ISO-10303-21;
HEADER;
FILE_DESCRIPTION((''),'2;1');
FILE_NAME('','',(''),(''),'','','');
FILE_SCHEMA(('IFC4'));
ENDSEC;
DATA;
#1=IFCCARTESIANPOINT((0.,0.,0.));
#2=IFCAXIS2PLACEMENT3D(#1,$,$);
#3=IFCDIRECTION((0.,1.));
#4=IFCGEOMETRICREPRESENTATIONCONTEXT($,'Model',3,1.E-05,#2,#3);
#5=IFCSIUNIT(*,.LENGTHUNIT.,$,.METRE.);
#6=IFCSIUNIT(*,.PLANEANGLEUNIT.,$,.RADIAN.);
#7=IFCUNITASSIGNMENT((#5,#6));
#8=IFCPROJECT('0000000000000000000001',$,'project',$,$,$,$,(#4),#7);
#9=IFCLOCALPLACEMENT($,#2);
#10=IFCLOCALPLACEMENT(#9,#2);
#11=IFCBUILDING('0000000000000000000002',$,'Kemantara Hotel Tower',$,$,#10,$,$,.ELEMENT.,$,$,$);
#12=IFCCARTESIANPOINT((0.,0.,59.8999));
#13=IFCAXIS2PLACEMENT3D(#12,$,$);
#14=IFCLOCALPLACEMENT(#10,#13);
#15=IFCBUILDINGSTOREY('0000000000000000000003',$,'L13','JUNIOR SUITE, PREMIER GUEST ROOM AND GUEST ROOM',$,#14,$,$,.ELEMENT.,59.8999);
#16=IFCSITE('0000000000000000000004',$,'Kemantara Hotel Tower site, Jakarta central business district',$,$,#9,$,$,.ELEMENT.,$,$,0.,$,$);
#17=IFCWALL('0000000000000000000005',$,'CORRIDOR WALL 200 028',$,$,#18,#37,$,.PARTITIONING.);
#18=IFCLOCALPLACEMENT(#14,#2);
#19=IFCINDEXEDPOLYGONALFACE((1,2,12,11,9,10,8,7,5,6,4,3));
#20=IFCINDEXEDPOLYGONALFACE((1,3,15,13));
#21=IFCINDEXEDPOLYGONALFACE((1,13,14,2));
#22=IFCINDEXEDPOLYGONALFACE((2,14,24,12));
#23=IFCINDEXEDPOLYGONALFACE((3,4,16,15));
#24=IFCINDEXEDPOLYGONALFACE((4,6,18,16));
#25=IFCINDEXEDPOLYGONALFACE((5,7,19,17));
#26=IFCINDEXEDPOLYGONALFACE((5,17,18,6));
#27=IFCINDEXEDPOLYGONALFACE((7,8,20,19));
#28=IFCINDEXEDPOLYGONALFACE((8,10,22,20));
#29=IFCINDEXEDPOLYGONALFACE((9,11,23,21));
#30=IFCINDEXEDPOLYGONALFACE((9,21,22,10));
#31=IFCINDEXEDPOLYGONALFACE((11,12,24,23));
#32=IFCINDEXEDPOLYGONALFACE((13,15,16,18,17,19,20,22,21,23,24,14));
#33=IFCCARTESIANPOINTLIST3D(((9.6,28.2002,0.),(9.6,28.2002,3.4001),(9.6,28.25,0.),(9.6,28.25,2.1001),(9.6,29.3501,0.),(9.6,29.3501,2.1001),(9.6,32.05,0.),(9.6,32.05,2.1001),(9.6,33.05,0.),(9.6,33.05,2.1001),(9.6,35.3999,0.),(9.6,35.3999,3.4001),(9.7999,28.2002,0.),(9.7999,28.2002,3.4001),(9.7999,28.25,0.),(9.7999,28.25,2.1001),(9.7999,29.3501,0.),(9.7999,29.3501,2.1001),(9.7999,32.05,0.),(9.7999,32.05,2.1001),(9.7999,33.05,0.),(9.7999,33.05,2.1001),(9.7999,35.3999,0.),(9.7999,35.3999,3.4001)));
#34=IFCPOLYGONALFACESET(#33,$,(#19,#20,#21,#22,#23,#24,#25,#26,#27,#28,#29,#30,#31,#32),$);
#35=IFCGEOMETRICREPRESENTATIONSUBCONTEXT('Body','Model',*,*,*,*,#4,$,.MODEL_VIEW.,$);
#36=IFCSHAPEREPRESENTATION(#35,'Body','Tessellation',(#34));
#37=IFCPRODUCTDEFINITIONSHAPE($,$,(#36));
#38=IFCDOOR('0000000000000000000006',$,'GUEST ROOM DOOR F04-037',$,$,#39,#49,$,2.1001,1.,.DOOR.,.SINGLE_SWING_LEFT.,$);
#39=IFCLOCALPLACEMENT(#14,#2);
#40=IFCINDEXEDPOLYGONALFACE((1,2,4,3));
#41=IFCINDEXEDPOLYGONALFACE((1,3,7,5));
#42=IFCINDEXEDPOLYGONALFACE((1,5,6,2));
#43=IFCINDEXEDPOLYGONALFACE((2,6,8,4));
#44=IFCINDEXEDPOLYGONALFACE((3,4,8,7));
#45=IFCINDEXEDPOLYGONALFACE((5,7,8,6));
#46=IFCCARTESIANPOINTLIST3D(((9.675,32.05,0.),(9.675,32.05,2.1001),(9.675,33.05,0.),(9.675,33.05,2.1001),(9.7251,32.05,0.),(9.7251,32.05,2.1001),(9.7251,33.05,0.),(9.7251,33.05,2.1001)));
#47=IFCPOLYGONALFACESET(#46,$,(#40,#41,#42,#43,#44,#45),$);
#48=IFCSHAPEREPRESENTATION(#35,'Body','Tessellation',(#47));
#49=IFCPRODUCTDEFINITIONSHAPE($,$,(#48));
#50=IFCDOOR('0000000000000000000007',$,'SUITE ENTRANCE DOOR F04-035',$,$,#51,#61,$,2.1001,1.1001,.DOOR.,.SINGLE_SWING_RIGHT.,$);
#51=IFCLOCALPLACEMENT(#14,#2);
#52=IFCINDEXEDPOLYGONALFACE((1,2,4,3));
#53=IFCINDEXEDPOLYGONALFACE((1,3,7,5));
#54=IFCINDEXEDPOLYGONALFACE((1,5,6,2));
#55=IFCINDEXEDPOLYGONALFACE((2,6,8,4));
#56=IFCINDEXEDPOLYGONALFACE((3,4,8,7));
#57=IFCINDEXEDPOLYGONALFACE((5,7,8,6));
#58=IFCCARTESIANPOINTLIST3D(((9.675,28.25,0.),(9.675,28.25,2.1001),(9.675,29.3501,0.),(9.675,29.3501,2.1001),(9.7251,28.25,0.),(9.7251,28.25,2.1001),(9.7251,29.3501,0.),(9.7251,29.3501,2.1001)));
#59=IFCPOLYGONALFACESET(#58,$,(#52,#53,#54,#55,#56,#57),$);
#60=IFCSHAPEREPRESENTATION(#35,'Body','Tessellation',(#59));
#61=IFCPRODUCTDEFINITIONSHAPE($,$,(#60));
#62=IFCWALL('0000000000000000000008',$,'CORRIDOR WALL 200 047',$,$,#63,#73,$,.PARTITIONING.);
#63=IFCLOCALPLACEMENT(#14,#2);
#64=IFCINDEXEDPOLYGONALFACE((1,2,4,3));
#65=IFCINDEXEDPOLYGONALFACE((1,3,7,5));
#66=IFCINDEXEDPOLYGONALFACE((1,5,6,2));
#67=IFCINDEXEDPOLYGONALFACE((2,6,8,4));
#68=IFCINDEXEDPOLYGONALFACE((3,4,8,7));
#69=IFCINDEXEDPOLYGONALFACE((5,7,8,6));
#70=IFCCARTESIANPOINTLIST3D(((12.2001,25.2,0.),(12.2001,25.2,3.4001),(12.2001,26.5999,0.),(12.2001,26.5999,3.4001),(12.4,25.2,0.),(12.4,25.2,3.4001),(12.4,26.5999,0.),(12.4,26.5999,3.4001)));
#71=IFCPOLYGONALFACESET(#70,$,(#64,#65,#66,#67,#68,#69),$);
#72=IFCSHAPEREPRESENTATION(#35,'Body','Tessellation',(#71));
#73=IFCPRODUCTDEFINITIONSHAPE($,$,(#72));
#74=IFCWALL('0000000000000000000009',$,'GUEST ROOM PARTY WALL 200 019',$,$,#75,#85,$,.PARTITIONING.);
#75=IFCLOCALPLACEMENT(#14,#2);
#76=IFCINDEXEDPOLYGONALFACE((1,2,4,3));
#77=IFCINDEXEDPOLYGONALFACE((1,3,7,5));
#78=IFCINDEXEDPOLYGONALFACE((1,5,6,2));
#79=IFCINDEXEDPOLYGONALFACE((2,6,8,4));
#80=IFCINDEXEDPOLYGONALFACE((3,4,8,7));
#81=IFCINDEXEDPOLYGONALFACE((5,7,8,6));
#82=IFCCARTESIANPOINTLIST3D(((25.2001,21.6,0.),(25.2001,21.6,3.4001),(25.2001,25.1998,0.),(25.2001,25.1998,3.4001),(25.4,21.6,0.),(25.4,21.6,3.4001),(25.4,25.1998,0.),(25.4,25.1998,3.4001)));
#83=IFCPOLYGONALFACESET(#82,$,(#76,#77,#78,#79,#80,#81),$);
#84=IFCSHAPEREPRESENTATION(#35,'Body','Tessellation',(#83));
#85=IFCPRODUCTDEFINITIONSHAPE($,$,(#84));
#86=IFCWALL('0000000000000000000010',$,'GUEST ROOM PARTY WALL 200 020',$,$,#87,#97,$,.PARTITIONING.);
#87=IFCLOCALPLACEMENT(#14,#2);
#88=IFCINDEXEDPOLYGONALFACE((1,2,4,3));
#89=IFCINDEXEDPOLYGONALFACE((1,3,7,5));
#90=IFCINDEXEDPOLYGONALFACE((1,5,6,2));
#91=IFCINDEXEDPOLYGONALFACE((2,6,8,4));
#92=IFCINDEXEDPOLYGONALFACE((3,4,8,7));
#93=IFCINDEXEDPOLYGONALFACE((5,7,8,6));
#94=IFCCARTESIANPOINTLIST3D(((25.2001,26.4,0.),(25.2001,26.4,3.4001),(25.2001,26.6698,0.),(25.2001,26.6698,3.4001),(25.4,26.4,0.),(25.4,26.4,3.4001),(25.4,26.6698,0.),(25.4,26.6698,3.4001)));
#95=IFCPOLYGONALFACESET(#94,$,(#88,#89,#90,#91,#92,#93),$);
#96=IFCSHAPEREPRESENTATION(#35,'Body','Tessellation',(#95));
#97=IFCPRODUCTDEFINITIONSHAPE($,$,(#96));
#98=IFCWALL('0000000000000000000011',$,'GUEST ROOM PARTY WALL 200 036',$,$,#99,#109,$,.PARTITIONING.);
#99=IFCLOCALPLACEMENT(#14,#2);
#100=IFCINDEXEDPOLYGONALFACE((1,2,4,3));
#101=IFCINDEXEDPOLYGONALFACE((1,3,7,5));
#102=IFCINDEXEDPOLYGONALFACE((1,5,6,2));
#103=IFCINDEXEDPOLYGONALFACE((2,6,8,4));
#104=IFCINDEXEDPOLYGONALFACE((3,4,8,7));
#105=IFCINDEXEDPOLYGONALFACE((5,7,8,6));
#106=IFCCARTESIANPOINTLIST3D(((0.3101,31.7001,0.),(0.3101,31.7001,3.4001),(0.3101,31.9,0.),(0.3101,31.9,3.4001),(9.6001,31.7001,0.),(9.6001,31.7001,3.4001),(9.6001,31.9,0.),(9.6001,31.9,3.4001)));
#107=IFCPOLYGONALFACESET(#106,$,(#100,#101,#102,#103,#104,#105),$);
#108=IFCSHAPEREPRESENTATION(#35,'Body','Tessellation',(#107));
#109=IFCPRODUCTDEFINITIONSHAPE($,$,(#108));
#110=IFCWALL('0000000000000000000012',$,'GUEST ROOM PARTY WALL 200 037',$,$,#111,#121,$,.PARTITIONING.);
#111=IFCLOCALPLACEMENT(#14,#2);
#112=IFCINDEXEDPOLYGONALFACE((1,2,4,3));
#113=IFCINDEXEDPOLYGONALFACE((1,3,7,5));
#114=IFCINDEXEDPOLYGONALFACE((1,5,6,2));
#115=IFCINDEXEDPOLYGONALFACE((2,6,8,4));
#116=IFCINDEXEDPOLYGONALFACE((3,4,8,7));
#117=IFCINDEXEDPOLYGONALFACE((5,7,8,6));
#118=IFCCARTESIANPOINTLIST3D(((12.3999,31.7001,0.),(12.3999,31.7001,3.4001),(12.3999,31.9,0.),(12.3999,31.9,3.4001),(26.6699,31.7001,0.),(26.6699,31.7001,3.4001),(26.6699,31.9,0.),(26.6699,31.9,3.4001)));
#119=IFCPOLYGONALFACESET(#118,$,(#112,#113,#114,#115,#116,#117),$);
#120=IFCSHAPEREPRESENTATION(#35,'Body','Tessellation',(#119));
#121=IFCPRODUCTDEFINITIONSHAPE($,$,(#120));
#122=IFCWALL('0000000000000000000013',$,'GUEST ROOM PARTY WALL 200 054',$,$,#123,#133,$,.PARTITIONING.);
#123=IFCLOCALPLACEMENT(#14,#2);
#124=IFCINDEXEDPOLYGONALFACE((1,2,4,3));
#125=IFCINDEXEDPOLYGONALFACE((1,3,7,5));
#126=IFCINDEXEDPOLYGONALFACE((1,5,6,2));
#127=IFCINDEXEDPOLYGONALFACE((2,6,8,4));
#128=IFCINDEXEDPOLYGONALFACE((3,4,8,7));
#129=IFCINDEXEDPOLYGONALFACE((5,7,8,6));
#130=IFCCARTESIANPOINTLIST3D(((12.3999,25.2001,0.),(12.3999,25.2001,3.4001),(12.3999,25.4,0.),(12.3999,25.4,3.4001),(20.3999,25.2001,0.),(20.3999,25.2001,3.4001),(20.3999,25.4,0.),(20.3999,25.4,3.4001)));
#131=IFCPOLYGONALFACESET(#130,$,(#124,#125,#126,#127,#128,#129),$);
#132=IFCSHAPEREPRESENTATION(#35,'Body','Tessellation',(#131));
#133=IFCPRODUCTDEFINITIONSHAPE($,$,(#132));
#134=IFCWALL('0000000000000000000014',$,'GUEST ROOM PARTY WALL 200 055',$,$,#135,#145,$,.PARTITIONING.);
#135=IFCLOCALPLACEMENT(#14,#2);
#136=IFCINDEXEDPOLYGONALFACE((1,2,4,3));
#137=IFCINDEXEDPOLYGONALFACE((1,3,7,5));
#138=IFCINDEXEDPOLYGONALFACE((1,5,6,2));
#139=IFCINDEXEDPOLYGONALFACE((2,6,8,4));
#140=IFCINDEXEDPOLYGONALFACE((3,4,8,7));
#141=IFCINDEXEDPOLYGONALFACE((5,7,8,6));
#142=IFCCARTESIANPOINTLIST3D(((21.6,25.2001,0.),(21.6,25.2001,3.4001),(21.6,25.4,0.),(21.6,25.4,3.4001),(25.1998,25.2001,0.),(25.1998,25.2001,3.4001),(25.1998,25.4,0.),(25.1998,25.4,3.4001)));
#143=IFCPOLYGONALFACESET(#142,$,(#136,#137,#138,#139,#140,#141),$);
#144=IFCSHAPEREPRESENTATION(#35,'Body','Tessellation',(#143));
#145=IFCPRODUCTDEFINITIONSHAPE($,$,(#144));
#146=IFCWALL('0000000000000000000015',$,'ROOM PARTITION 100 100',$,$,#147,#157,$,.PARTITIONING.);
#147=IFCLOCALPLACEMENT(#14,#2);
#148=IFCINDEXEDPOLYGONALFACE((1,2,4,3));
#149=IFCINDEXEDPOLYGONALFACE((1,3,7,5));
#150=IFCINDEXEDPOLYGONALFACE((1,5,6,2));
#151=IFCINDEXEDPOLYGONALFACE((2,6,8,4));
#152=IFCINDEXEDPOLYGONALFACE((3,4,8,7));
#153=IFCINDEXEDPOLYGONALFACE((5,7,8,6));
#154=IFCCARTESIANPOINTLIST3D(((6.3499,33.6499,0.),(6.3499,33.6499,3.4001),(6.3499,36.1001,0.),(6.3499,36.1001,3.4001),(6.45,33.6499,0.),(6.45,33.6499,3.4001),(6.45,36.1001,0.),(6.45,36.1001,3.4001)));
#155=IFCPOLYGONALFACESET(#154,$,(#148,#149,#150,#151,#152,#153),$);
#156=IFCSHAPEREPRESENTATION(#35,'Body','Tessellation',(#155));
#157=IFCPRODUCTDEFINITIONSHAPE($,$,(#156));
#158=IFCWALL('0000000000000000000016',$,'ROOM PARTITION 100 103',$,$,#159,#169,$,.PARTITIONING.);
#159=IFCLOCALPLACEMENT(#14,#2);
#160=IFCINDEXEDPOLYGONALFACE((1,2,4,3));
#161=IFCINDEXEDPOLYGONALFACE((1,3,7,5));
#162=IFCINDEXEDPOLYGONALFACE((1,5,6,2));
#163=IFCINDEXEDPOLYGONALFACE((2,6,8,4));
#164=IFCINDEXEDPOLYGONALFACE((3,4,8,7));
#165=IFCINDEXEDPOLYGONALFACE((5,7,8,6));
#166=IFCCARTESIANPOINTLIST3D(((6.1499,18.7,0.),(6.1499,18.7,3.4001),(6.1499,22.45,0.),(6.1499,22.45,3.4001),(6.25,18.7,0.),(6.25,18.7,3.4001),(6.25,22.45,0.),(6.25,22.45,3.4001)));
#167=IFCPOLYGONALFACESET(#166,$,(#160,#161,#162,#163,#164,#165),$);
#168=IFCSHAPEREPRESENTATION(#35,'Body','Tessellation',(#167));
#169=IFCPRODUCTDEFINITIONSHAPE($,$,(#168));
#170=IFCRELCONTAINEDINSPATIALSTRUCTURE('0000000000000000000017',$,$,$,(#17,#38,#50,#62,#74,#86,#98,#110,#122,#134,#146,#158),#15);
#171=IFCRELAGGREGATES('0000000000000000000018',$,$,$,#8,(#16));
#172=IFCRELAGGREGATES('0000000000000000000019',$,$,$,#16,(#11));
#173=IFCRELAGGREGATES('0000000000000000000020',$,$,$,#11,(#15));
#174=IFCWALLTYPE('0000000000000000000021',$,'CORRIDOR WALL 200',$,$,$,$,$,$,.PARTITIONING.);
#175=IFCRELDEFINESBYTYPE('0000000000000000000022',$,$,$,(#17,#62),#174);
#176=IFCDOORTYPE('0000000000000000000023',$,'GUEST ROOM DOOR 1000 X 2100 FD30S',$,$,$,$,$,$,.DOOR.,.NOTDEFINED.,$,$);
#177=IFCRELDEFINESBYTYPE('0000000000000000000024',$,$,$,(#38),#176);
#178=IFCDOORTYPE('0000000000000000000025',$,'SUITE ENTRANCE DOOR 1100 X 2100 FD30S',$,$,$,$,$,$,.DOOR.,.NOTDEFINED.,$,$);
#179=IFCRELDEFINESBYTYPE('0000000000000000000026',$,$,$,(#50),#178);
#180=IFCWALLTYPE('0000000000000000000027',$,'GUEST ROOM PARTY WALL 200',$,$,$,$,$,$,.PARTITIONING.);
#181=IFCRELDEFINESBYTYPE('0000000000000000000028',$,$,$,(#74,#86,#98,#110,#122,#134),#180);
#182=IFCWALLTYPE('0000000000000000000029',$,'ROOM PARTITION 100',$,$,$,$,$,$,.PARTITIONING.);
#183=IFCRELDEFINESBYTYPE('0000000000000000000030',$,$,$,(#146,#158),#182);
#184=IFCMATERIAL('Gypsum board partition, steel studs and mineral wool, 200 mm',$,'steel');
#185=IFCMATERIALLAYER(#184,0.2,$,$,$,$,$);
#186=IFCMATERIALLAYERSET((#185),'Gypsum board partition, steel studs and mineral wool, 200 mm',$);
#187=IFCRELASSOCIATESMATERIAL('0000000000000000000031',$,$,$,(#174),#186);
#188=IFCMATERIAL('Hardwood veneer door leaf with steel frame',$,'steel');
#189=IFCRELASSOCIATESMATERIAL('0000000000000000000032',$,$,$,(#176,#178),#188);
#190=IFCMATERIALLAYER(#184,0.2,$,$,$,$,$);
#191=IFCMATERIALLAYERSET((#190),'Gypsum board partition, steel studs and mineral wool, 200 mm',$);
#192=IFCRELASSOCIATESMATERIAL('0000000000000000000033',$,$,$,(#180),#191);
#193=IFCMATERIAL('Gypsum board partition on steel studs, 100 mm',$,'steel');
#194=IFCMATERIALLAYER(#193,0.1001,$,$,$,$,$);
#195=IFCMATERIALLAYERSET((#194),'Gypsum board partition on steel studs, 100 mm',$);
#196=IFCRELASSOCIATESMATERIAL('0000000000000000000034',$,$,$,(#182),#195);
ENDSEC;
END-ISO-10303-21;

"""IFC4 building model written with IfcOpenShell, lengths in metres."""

from ifc_helpers import new_model, si_unit, direction, frame, frame_2d, origin, place, context, subcontext, project, spatial, rectangle, extrude, material, layer, layer_set, type_object, element, fill, save


model = new_model("IFC4")

# Units and contexts
model_context = context("Model", 3, precision=1e-05, world=origin(), true_north=direction((0.0, 1.0)))
body_context = subcontext(model_context, "Body", "Model", "MODEL_VIEW")
ifc_project = project(units=[si_unit("LENGTHUNIT", "METRE"), si_unit("PLANEANGLEUNIT", "RADIAN")], contexts=[model_context])

# Site, building, storey
site_placement = place(None, origin())
site = spatial("IfcSite", under=ifc_project, at=site_placement, Name="Kemantara Hotel Tower site, Jakarta central business district", CompositionType="ELEMENT", RefElevation=0.0)
building_placement = place(site_placement, origin())
building = spatial("IfcBuilding", under=site, at=building_placement, Name="Kemantara Hotel Tower", CompositionType="ELEMENT")
storey_placement = place(building_placement, frame((0.0, 0.0, 59.8999)))
storey = spatial("IfcBuildingStorey", under=building, at=storey_placement, Name="L13", Description="JUNIOR SUITE, PREMIER GUEST ROOM AND GUEST ROOM", CompositionType="ELEMENT", Elevation=59.8999)

# Shared definitions
ifc_material_1 = material(Name="Gypsum board partition, steel studs and mineral wool, 200 mm", Category="steel")
ifc_layer_1 = layer(ifc_material_1, 0.2)
ifc_layer_set_1 = layer_set([ifc_layer_1], Name="Gypsum board partition, steel studs and mineral wool, 200 mm")
wall_type_1 = type_object("IfcWallType", Name="CORRIDOR WALL 200", PredefinedType="PARTITIONING", material=ifc_layer_set_1)

# Wall, openings, doors
wall_1_placement = place(storey_placement, frame((9.7, 28.2002, 0.0), z_axis=(0.0, 0.0, 1.0), x_axis=(0.0, 1.0, 0.0)))
wall_1 = element("IfcWall", 1, at=wall_1_placement, inside=storey, type_object=wall_type_1, Name="CORRIDOR WALL 200 028", PredefinedType="PARTITIONING", context=body_context, shape_type="SweptSolid", body=[
    extrude(rectangle(XDim=7.1997, YDim=0.2, at=frame_2d((3.5999, 0.0))), origin(), (0.0, 0.0, 1.0), 3.4001),
])
opening_1_placement = place(wall_1_placement, frame((0.0498, 0.0, 0.0)))
opening_1 = element("IfcOpeningElement", 2, at=opening_1_placement, cuts=wall_1, PredefinedType="OPENING", context=body_context, shape_type="SweptSolid", body=[
    extrude(rectangle(XDim=1.1001, YDim=2.1001, at=frame_2d((0.55, 1.05))), frame((0.0, 0.1099, 0.0), z_axis=(0.0, -1.0, 0.0), x_axis=(1.0, 0.0, 0.0)), (0.0, 0.0, 1.0), 0.22),
])
opening_2_placement = place(wall_1_placement, frame((3.8499, 0.0, 0.0)))
opening_2 = element("IfcOpeningElement", 3, at=opening_2_placement, cuts=wall_1, PredefinedType="OPENING", context=body_context, shape_type="SweptSolid", body=[
    extrude(rectangle(XDim=1.0, YDim=2.1001, at=frame_2d((0.5, 1.05))), frame((0.0, 0.1099, 0.0), z_axis=(0.0, -1.0, 0.0), x_axis=(1.0, 0.0, 0.0)), (0.0, 0.0, 1.0), 0.22),
])
ifc_material_2 = material(Name="Hardwood veneer door leaf with steel frame", Category="steel")
door_type_1 = type_object("IfcDoorType", Name="GUEST ROOM DOOR 1000 X 2100 FD30S", OperationType="NOTDEFINED", PredefinedType="DOOR", material=ifc_material_2)
door_1_placement = place(opening_2_placement, origin())
door_1 = element("IfcDoor", 4, at=door_1_placement, inside=storey, type_object=door_type_1, Name="GUEST ROOM DOOR F04-037", OperationType="SINGLE_SWING_LEFT", OverallHeight=2.1001, OverallWidth=1.0, PredefinedType="DOOR", context=body_context, shape_type="SweptSolid", body=[
    extrude(rectangle(XDim=1.0, YDim=2.1001, at=frame_2d((0.5, 1.05))), frame((0.0, 0.0249, 0.0), z_axis=(0.0, -1.0, 0.0), x_axis=(1.0, 0.0, 0.0)), (0.0, 0.0, 1.0), 0.05),
])
fill(opening_2, door_1)
door_type_2 = type_object("IfcDoorType", Name="SUITE ENTRANCE DOOR 1100 X 2100 FD30S", OperationType="NOTDEFINED", PredefinedType="DOOR", material=ifc_material_2)
door_2_placement = place(opening_1_placement, origin())
door_2 = element("IfcDoor", 5, at=door_2_placement, inside=storey, type_object=door_type_2, Name="SUITE ENTRANCE DOOR F04-035", OperationType="SINGLE_SWING_RIGHT", OverallHeight=2.1001, OverallWidth=1.1001, PredefinedType="DOOR", context=body_context, shape_type="SweptSolid", body=[
    extrude(rectangle(XDim=1.1001, YDim=2.1001, at=frame_2d((0.55, 1.05))), frame((0.0, 0.0249, 0.0), z_axis=(0.0, -1.0, 0.0), x_axis=(1.0, 0.0, 0.0)), (0.0, 0.0, 1.0), 0.05),
])
fill(opening_1, door_2)

# Walls
wall_2_placement = place(storey_placement, frame((12.3, 25.2, 0.0), z_axis=(0.0, 0.0, 1.0), x_axis=(0.0, 1.0, 0.0)))
element("IfcWall", 6, at=wall_2_placement, inside=storey, type_object=wall_type_1, Name="CORRIDOR WALL 200 047", PredefinedType="PARTITIONING", context=body_context, shape_type="SweptSolid", body=[
    extrude(rectangle(XDim=1.3999, YDim=0.2, at=frame_2d((0.7, 0.0))), origin(), (0.0, 0.0, 1.0), 3.4001),
])
ifc_layer_2 = layer(ifc_material_1, 0.2)
ifc_layer_set_2 = layer_set([ifc_layer_2], Name="Gypsum board partition, steel studs and mineral wool, 200 mm")
wall_type_2 = type_object("IfcWallType", Name="GUEST ROOM PARTY WALL 200", PredefinedType="PARTITIONING", material=ifc_layer_set_2)
wall_3_placement = place(storey_placement, frame((25.3, 21.6001, 0.0), z_axis=(0.0, 0.0, 1.0), x_axis=(0.0, 1.0, 0.0)))
element("IfcWall", 7, at=wall_3_placement, inside=storey, type_object=wall_type_2, Name="GUEST ROOM PARTY WALL 200 019", PredefinedType="PARTITIONING", context=body_context, shape_type="SweptSolid", body=[
    extrude(rectangle(XDim=3.5999, YDim=0.2, at=frame_2d((1.7998, 0.0))), origin(), (0.0, 0.0, 1.0), 3.4001),
])
wall_4_placement = place(storey_placement, frame((25.3, 26.4001, 0.0), z_axis=(0.0, 0.0, 1.0), x_axis=(0.0, 1.0, 0.0)))
element("IfcWall", 8, at=wall_4_placement, inside=storey, type_object=wall_type_2, Name="GUEST ROOM PARTY WALL 200 020", PredefinedType="PARTITIONING", context=body_context, shape_type="SweptSolid", body=[
    extrude(rectangle(XDim=0.2698, YDim=0.2, at=frame_2d((0.1348, 0.0))), origin(), (0.0, 0.0, 1.0), 3.4001),
])
wall_5_placement = place(storey_placement, frame((0.3101, 31.8, 0.0), z_axis=(0.0, 0.0, 1.0), x_axis=(1.0, 0.0, 0.0)))
element("IfcWall", 9, at=wall_5_placement, inside=storey, type_object=wall_type_2, Name="GUEST ROOM PARTY WALL 200 036", PredefinedType="PARTITIONING", context=body_context, shape_type="SweptSolid", body=[
    extrude(rectangle(XDim=9.29, YDim=0.2, at=frame_2d((4.645, 0.0))), origin(), (0.0, 0.0, 1.0), 3.4001),
])
wall_6_placement = place(storey_placement, frame((12.3999, 31.8, 0.0), z_axis=(0.0, 0.0, 1.0), x_axis=(1.0, 0.0, 0.0)))
element("IfcWall", 10, at=wall_6_placement, inside=storey, type_object=wall_type_2, Name="GUEST ROOM PARTY WALL 200 037", PredefinedType="PARTITIONING", context=body_context, shape_type="SweptSolid", body=[
    extrude(rectangle(XDim=14.27, YDim=0.2, at=frame_2d((7.135, 0.0))), origin(), (0.0, 0.0, 1.0), 3.4001),
])
wall_7_placement = place(storey_placement, frame((12.3999, 25.3, 0.0), z_axis=(0.0, 0.0, 1.0), x_axis=(1.0, 0.0, 0.0)))
element("IfcWall", 11, at=wall_7_placement, inside=storey, type_object=wall_type_2, Name="GUEST ROOM PARTY WALL 200 054", PredefinedType="PARTITIONING", context=body_context, shape_type="SweptSolid", body=[
    extrude(rectangle(XDim=8.0, YDim=0.2, at=frame_2d((4.0, 0.0))), origin(), (0.0, 0.0, 1.0), 3.4001),
])
wall_8_placement = place(storey_placement, frame((21.6001, 25.3, 0.0), z_axis=(0.0, 0.0, 1.0), x_axis=(1.0, 0.0, 0.0)))
element("IfcWall", 12, at=wall_8_placement, inside=storey, type_object=wall_type_2, Name="GUEST ROOM PARTY WALL 200 055", PredefinedType="PARTITIONING", context=body_context, shape_type="SweptSolid", body=[
    extrude(rectangle(XDim=3.5999, YDim=0.2, at=frame_2d((1.7998, 0.0))), origin(), (0.0, 0.0, 1.0), 3.4001),
])
ifc_material_3 = material(Name="Gypsum board partition on steel studs, 100 mm", Category="steel")
ifc_layer_3 = layer(ifc_material_3, 0.1001)
ifc_layer_set_3 = layer_set([ifc_layer_3], Name="Gypsum board partition on steel studs, 100 mm")
wall_type_3 = type_object("IfcWallType", Name="ROOM PARTITION 100", PredefinedType="PARTITIONING", material=ifc_layer_set_3)
wall_9_placement = place(storey_placement, frame((6.3999, 33.6499, 0.0), z_axis=(0.0, 0.0, 1.0), x_axis=(0.0, 1.0, 0.0)))
element("IfcWall", 13, at=wall_9_placement, inside=storey, type_object=wall_type_3, Name="ROOM PARTITION 100 100", PredefinedType="PARTITIONING", context=body_context, shape_type="SweptSolid", body=[
    extrude(rectangle(XDim=2.4502, YDim=0.1001, at=frame_2d((1.2251, 0.0))), origin(), (0.0, 0.0, 1.0), 3.4001),
])
wall_10_placement = place(storey_placement, frame((6.2, 18.7, 0.0), z_axis=(0.0, 0.0, 1.0), x_axis=(0.0, 1.0, 0.0)))
element("IfcWall", 14, at=wall_10_placement, inside=storey, type_object=wall_type_3, Name="ROOM PARTITION 100 103", PredefinedType="PARTITIONING", context=body_context, shape_type="SweptSolid", body=[
    extrude(rectangle(XDim=3.75, YDim=0.1001, at=frame_2d((1.875, 0.0))), origin(), (0.0, 0.0, 1.0), 3.4001),
])

save(model, "model.ifc")
